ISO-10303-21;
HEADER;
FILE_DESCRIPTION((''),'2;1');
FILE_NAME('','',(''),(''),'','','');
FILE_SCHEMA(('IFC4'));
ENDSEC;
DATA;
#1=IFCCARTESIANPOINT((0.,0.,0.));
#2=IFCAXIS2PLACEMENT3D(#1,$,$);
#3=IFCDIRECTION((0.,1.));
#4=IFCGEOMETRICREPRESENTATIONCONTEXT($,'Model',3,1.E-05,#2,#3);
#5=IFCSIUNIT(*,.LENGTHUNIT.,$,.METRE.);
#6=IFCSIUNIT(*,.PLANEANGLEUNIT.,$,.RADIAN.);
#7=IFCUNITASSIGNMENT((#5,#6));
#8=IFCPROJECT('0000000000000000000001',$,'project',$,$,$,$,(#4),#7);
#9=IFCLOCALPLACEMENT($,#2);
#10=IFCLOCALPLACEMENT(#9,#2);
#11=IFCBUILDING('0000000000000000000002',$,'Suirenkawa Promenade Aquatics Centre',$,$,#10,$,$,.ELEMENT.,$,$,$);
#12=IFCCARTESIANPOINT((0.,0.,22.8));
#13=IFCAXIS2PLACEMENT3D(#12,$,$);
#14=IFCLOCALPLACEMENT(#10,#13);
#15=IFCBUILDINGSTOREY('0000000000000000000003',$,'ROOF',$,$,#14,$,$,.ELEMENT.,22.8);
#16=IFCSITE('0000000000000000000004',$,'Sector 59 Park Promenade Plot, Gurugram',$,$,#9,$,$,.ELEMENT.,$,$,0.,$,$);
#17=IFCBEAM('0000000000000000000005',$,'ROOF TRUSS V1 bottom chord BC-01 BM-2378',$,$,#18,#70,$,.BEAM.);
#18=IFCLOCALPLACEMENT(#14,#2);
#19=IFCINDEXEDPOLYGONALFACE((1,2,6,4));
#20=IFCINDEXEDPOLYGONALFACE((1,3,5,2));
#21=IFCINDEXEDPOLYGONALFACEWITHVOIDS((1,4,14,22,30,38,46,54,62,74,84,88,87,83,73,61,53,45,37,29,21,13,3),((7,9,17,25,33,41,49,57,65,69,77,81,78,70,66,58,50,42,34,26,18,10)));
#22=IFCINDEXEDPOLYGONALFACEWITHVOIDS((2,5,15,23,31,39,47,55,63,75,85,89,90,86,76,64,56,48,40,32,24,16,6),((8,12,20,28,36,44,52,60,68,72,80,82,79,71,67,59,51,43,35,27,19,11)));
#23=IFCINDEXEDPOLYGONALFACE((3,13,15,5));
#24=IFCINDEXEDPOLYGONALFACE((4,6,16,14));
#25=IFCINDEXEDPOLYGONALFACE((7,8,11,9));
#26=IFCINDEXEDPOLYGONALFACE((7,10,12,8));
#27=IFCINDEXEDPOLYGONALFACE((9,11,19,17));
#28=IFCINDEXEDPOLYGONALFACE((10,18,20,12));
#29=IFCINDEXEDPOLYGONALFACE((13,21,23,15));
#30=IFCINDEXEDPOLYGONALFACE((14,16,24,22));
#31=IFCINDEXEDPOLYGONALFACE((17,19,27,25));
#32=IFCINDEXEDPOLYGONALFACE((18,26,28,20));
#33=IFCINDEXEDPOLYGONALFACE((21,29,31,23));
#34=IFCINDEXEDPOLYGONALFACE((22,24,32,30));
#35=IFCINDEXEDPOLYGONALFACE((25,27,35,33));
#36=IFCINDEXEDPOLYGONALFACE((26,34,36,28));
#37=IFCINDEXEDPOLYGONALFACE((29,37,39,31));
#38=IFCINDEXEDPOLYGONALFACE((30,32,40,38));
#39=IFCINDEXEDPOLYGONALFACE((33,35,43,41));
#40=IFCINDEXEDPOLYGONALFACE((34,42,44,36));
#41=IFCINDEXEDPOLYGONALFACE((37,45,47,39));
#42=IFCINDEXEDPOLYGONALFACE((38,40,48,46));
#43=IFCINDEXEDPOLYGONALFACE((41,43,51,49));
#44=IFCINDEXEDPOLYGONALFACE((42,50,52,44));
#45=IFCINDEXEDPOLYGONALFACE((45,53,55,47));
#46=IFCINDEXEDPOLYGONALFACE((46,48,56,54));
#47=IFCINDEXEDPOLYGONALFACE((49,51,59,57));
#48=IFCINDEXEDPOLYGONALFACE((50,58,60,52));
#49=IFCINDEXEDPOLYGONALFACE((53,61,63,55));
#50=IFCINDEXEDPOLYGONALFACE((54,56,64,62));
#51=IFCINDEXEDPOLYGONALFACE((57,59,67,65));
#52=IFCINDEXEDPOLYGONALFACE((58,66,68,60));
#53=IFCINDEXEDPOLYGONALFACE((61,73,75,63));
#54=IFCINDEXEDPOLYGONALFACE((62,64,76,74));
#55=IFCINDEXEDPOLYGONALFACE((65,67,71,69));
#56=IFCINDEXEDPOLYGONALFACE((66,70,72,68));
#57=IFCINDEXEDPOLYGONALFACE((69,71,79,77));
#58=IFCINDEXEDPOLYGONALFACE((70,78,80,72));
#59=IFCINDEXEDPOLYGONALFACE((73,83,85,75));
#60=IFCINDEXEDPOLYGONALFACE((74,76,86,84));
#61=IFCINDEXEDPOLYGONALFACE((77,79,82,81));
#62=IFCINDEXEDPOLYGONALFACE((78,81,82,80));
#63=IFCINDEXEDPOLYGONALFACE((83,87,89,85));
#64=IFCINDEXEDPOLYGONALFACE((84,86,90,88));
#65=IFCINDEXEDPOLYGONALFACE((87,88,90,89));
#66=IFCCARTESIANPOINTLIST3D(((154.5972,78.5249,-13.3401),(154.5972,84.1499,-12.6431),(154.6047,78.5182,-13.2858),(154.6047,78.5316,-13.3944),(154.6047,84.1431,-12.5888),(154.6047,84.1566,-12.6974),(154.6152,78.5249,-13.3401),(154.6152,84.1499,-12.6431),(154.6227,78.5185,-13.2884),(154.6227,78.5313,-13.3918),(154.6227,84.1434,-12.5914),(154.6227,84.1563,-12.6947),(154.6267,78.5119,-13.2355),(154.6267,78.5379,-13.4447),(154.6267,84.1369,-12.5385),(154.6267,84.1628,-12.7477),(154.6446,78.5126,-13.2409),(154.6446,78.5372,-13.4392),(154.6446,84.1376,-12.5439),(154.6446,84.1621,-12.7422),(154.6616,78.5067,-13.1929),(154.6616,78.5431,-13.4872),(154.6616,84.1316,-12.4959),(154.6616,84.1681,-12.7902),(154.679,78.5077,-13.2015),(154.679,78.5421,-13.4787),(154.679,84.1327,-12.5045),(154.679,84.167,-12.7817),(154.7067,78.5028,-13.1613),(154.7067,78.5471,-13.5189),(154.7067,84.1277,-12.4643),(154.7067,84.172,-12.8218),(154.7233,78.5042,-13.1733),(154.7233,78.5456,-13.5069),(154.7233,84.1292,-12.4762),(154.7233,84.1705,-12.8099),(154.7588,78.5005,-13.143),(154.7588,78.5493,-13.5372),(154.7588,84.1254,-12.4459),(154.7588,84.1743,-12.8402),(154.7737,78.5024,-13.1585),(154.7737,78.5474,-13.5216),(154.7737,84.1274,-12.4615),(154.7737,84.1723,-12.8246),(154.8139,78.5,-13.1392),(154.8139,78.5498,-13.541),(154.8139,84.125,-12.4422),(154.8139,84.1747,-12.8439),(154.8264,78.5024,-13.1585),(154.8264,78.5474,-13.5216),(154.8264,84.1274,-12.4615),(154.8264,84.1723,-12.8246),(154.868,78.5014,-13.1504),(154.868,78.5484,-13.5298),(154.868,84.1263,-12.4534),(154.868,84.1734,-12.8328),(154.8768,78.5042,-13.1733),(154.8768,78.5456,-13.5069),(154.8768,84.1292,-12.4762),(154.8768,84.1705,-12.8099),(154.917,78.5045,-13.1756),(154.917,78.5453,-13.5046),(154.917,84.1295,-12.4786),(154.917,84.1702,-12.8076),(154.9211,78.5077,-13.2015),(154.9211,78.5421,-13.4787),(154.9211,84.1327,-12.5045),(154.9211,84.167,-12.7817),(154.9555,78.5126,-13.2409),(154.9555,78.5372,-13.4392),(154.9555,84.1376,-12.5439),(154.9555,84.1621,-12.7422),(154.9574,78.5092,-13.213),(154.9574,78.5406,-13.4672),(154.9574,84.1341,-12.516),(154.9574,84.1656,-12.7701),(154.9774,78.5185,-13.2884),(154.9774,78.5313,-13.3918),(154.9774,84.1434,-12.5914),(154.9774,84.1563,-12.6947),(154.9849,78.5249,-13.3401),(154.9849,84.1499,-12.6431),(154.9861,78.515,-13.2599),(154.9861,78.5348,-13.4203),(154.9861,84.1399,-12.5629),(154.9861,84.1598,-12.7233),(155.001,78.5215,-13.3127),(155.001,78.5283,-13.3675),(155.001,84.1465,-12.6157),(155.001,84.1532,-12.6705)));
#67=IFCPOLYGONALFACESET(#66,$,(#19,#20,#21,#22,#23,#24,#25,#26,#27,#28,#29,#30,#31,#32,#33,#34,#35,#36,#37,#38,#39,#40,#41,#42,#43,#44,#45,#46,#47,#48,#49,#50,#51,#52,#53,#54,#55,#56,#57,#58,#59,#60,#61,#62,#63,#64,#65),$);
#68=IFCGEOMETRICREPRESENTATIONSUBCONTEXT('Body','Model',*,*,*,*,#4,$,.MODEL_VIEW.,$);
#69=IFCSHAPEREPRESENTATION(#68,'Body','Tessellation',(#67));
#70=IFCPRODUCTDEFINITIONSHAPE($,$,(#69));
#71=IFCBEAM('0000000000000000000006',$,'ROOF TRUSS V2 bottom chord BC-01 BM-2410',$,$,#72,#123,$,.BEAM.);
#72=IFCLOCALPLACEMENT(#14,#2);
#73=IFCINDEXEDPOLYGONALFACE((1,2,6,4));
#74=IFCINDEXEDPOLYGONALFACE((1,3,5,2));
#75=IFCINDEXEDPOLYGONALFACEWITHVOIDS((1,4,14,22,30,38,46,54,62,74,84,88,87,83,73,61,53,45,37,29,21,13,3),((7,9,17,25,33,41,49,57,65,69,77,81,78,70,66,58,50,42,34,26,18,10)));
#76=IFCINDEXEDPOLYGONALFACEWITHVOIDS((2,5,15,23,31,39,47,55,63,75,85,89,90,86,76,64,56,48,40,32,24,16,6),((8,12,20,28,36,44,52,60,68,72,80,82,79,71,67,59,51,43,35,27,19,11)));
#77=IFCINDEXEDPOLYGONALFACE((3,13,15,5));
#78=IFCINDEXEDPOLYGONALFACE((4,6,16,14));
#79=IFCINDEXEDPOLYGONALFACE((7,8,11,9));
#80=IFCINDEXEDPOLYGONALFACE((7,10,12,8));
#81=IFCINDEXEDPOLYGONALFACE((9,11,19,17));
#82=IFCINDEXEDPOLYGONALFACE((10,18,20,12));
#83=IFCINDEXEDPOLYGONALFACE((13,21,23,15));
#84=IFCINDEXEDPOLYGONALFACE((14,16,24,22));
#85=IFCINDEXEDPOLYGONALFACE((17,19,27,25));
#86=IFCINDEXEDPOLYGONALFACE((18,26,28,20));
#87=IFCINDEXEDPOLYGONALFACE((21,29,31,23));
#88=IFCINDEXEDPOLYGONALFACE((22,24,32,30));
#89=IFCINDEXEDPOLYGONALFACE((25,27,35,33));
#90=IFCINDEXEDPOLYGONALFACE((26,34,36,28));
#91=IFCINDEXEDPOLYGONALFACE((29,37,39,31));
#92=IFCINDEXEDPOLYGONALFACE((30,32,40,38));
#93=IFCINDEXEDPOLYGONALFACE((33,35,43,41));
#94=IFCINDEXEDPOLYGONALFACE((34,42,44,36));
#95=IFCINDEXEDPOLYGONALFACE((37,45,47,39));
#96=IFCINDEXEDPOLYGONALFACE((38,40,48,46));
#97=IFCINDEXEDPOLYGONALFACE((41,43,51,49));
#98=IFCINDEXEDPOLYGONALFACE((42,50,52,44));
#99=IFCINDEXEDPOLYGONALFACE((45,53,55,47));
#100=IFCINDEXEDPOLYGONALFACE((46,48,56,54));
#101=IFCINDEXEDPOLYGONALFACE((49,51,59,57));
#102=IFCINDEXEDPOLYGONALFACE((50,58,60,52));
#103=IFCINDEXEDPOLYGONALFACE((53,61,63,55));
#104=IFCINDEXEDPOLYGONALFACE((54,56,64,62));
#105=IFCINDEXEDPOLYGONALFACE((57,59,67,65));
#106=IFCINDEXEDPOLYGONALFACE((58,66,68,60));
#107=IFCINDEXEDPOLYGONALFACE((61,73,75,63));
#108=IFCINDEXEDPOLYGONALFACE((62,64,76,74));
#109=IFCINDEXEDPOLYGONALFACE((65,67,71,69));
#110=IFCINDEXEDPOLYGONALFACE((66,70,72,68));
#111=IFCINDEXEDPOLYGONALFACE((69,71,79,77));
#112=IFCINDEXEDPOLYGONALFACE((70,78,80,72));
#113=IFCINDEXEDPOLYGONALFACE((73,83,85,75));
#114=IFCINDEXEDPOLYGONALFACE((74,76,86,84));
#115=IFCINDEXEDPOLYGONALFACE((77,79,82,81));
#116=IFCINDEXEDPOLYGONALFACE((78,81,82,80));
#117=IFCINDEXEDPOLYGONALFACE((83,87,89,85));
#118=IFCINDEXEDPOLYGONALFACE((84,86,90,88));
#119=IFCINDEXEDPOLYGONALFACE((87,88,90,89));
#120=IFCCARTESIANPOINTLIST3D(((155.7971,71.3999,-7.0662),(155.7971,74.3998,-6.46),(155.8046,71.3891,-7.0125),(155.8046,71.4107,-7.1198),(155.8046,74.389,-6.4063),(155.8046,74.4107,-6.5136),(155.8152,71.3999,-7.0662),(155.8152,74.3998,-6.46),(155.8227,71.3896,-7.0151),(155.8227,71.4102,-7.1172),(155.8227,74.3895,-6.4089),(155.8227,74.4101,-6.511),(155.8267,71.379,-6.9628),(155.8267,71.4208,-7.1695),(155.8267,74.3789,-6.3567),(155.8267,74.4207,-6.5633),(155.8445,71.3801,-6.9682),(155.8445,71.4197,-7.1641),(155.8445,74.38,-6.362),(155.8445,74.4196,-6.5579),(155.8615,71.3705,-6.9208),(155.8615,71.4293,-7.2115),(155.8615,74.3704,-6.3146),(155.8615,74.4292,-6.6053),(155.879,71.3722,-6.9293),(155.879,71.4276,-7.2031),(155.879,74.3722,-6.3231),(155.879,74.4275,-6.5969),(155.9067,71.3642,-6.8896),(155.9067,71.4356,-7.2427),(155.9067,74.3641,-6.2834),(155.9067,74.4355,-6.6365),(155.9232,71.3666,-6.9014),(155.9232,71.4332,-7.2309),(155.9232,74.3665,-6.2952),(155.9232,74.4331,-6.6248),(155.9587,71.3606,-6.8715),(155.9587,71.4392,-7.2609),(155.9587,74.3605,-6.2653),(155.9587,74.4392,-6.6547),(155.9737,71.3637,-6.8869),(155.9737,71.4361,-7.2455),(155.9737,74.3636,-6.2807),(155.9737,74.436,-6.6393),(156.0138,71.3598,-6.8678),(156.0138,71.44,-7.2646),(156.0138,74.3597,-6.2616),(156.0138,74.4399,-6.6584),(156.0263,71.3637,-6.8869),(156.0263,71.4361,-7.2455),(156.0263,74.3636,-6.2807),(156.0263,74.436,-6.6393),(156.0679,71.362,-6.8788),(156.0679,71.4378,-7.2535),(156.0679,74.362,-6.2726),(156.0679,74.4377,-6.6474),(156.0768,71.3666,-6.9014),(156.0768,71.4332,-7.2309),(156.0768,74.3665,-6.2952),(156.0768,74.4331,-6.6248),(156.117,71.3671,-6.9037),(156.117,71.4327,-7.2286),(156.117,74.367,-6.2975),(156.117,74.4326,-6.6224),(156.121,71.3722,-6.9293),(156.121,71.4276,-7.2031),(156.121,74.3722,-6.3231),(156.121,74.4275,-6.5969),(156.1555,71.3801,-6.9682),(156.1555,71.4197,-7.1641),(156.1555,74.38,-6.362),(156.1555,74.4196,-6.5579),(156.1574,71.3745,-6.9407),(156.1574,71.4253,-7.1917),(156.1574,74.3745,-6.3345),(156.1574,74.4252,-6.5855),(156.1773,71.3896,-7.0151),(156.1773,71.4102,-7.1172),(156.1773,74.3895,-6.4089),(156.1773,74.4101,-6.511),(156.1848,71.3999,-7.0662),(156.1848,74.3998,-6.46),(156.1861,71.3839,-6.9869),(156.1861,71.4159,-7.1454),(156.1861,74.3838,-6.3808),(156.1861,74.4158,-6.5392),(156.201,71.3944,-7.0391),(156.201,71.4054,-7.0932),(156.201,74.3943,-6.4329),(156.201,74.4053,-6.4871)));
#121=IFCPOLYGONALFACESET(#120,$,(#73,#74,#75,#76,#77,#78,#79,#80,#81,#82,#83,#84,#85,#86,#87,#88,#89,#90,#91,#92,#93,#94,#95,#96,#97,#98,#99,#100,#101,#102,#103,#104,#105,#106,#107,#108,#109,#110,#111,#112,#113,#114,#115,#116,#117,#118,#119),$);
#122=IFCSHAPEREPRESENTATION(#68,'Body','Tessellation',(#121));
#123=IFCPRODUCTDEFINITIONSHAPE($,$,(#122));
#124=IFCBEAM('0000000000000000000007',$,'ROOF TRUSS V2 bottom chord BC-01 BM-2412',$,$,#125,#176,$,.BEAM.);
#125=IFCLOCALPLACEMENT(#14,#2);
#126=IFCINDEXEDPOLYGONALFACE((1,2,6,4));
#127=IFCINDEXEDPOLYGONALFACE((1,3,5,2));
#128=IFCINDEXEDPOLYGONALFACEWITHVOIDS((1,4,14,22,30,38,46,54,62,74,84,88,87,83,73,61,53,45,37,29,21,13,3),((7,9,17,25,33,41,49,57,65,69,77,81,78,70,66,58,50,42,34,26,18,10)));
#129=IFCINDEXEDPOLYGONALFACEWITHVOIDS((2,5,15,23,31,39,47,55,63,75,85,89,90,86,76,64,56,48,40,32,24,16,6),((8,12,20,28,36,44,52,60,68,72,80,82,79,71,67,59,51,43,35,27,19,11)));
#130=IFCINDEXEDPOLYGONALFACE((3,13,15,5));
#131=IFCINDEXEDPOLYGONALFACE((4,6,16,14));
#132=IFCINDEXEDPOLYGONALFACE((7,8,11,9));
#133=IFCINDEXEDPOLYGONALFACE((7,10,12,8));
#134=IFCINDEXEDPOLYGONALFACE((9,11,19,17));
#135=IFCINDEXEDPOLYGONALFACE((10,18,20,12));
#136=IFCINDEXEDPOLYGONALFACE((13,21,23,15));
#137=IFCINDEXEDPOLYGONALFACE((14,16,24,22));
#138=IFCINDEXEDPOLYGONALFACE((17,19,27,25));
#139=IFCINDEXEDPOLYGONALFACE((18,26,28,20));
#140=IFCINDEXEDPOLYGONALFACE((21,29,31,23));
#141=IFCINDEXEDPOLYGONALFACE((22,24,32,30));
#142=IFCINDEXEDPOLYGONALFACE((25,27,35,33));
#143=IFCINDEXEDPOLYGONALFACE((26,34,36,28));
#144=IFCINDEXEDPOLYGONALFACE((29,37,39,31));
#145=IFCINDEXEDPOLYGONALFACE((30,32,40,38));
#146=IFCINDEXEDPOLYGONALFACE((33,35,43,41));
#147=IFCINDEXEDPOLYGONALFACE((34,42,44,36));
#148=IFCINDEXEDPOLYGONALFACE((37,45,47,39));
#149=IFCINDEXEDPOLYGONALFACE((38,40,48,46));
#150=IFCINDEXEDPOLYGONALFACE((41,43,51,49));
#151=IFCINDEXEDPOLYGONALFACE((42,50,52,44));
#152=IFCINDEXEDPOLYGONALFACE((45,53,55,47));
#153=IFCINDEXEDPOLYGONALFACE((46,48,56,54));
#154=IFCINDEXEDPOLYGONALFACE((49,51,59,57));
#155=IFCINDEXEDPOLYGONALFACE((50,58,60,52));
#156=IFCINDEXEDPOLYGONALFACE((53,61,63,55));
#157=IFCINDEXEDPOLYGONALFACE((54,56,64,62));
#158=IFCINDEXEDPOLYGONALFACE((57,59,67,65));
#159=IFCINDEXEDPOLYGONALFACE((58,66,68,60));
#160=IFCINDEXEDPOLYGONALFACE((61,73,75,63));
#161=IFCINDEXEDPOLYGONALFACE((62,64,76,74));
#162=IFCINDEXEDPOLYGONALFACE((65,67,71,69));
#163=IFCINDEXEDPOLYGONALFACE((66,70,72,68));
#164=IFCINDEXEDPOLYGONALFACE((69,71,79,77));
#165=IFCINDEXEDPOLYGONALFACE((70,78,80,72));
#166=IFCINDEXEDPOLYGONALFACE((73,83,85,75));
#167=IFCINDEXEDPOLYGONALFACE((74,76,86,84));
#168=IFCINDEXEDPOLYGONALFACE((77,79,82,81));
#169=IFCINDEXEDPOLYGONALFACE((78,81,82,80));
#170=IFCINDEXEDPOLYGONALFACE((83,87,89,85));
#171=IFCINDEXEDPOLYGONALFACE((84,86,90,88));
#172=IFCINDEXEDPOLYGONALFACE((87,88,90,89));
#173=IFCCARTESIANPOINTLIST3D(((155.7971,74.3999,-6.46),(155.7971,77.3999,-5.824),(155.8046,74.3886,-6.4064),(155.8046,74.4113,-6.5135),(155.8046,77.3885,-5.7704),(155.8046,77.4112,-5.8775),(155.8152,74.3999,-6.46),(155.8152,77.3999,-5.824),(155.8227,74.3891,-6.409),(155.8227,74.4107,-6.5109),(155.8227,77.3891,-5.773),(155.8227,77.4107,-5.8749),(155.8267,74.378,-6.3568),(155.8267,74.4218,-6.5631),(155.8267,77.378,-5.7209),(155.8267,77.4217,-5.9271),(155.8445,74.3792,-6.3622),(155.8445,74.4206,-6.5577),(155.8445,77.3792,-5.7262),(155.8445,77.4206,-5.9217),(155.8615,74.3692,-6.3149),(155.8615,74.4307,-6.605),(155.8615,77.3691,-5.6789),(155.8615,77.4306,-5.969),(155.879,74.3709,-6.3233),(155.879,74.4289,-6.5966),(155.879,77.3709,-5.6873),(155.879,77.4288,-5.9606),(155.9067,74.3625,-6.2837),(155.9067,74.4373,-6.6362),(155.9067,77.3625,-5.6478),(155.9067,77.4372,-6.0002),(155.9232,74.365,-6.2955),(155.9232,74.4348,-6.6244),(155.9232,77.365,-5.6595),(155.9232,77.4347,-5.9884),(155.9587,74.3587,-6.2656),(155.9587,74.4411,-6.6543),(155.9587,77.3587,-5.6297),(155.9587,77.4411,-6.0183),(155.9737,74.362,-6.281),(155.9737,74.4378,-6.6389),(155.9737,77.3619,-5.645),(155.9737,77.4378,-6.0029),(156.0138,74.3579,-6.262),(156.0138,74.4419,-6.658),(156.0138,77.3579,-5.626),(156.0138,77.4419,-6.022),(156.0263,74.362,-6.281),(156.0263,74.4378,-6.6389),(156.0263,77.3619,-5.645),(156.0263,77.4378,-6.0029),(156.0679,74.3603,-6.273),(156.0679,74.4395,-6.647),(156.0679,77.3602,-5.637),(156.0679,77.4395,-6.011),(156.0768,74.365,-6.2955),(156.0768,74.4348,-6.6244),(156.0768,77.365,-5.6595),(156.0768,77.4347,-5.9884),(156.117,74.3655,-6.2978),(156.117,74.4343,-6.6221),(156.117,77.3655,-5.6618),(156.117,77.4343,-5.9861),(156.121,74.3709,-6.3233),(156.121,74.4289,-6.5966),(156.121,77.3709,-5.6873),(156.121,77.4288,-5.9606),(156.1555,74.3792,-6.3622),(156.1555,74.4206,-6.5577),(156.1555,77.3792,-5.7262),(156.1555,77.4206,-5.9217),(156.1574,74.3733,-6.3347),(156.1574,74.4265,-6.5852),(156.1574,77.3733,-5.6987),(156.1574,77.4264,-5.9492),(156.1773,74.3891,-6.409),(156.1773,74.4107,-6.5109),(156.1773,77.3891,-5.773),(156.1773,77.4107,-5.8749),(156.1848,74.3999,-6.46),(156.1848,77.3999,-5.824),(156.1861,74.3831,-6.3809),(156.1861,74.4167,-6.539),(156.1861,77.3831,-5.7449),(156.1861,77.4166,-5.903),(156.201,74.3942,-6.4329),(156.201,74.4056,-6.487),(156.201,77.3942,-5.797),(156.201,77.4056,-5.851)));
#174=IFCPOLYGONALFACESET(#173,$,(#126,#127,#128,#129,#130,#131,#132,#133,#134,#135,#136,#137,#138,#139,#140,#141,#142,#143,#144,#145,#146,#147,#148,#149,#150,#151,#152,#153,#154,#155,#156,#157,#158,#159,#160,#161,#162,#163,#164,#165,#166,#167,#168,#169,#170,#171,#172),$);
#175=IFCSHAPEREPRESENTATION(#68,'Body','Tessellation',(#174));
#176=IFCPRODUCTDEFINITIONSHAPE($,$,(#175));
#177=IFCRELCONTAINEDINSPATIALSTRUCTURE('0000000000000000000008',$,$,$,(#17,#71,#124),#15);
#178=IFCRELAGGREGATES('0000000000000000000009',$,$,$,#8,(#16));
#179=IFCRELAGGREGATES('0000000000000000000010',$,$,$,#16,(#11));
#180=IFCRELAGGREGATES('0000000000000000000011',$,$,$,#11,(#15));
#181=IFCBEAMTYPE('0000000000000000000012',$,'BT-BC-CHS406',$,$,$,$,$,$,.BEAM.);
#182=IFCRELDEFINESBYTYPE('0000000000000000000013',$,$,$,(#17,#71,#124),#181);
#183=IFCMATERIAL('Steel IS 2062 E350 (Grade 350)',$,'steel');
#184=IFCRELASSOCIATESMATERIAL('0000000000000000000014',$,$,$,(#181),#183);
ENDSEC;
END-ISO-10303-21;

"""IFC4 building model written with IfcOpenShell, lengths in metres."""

from ifc_helpers import new_model, si_unit, direction, frame, origin, origin_2d, place, context, subcontext, project, spatial, hollow_circle, extrude, material, material_profile, profile_set, type_object, element, save


model = new_model("IFC4")

# Units and contexts
model_context = context("Model", 3, precision=1e-05, world=origin(), true_north=direction((0.0, 1.0)))
body_context = subcontext(model_context, "Body", "Model", "MODEL_VIEW")
ifc_project = project(units=[si_unit("LENGTHUNIT", "METRE"), si_unit("PLANEANGLEUNIT", "RADIAN")], contexts=[model_context])

# Site, building, storey
site_placement = place(None, origin())
site = spatial("IfcSite", under=ifc_project, at=site_placement, Name="Sector 59 Park Promenade Plot, Gurugram", CompositionType="ELEMENT", RefElevation=0.0)
building_placement = place(site_placement, origin())
building = spatial("IfcBuilding", under=site, at=building_placement, Name="Suirenkawa Promenade Aquatics Centre", CompositionType="ELEMENT")
storey_placement = place(building_placement, frame((0.0, 0.0, 22.8)))
storey = spatial("IfcBuildingStorey", under=building, at=storey_placement, Name="ROOF", CompositionType="ELEMENT", Elevation=22.8)

# Beams
ifc_material = material(Name="Steel IS 2062 E350 (Grade 350)", Category="steel")
ifc_material_profile_1 = material_profile(ifc_material, hollow_circle(Radius=0.2029, WallThickness=0.0181, at=origin_2d()), Name="CHS 406x18", Category="steel")
ifc_profile_set_1 = profile_set([ifc_material_profile_1], Name="Steel IS 2062 E350 (Grade 350)")
beam_type_1 = type_object("IfcBeamType", Name="BT-BC-CHS406", PredefinedType="BEAM", material=ifc_profile_set_1)
beam_1_placement = place(storey_placement, frame((154.8, 78.5249, -13.3401), z_axis=(0.0, 0.99241, 0.122974), x_axis=(-1.0, 0.0, 0.0)))
element("IfcBeam", 1, at=beam_1_placement, inside=storey, type_object=beam_type_1, Name="ROOF TRUSS V1 bottom chord BC-01 BM-2378", PredefinedType="BEAM", context=body_context, shape_type="SweptSolid", body=[
    extrude(hollow_circle(Radius=0.2029, WallThickness=0.0181, at=origin_2d()), origin(), (0.0, 0.0, 1.0), 5.668),
])
beam_2_placement = place(storey_placement, frame((156.0, 71.3999, -7.0662), z_axis=(0.0, 0.980189, 0.198064), x_axis=(-1.0, 0.0, 0.0)))
element("IfcBeam", 2, at=beam_2_placement, inside=storey, type_object=beam_type_1, Name="ROOF TRUSS V2 bottom chord BC-01 BM-2410", PredefinedType="BEAM", context=body_context, shape_type="SweptSolid", body=[
    extrude(hollow_circle(Radius=0.2029, WallThickness=0.0181, at=origin_2d()), origin(), (0.0, 0.0, 1.0), 3.0605),
])
beam_3_placement = place(storey_placement, frame((156.0, 74.3999, -6.46), z_axis=(0.0, 0.978259, 0.207386), x_axis=(-1.0, 0.0, 0.0)))
element("IfcBeam", 3, at=beam_3_placement, inside=storey, type_object=beam_type_1, Name="ROOF TRUSS V2 bottom chord BC-01 BM-2412", PredefinedType="BEAM", context=body_context, shape_type="SweptSolid", body=[
    extrude(hollow_circle(Radius=0.2029, WallThickness=0.0181, at=origin_2d()), origin(), (0.0, 0.0, 1.0), 3.0667),
])

save(model, "model.ifc")
